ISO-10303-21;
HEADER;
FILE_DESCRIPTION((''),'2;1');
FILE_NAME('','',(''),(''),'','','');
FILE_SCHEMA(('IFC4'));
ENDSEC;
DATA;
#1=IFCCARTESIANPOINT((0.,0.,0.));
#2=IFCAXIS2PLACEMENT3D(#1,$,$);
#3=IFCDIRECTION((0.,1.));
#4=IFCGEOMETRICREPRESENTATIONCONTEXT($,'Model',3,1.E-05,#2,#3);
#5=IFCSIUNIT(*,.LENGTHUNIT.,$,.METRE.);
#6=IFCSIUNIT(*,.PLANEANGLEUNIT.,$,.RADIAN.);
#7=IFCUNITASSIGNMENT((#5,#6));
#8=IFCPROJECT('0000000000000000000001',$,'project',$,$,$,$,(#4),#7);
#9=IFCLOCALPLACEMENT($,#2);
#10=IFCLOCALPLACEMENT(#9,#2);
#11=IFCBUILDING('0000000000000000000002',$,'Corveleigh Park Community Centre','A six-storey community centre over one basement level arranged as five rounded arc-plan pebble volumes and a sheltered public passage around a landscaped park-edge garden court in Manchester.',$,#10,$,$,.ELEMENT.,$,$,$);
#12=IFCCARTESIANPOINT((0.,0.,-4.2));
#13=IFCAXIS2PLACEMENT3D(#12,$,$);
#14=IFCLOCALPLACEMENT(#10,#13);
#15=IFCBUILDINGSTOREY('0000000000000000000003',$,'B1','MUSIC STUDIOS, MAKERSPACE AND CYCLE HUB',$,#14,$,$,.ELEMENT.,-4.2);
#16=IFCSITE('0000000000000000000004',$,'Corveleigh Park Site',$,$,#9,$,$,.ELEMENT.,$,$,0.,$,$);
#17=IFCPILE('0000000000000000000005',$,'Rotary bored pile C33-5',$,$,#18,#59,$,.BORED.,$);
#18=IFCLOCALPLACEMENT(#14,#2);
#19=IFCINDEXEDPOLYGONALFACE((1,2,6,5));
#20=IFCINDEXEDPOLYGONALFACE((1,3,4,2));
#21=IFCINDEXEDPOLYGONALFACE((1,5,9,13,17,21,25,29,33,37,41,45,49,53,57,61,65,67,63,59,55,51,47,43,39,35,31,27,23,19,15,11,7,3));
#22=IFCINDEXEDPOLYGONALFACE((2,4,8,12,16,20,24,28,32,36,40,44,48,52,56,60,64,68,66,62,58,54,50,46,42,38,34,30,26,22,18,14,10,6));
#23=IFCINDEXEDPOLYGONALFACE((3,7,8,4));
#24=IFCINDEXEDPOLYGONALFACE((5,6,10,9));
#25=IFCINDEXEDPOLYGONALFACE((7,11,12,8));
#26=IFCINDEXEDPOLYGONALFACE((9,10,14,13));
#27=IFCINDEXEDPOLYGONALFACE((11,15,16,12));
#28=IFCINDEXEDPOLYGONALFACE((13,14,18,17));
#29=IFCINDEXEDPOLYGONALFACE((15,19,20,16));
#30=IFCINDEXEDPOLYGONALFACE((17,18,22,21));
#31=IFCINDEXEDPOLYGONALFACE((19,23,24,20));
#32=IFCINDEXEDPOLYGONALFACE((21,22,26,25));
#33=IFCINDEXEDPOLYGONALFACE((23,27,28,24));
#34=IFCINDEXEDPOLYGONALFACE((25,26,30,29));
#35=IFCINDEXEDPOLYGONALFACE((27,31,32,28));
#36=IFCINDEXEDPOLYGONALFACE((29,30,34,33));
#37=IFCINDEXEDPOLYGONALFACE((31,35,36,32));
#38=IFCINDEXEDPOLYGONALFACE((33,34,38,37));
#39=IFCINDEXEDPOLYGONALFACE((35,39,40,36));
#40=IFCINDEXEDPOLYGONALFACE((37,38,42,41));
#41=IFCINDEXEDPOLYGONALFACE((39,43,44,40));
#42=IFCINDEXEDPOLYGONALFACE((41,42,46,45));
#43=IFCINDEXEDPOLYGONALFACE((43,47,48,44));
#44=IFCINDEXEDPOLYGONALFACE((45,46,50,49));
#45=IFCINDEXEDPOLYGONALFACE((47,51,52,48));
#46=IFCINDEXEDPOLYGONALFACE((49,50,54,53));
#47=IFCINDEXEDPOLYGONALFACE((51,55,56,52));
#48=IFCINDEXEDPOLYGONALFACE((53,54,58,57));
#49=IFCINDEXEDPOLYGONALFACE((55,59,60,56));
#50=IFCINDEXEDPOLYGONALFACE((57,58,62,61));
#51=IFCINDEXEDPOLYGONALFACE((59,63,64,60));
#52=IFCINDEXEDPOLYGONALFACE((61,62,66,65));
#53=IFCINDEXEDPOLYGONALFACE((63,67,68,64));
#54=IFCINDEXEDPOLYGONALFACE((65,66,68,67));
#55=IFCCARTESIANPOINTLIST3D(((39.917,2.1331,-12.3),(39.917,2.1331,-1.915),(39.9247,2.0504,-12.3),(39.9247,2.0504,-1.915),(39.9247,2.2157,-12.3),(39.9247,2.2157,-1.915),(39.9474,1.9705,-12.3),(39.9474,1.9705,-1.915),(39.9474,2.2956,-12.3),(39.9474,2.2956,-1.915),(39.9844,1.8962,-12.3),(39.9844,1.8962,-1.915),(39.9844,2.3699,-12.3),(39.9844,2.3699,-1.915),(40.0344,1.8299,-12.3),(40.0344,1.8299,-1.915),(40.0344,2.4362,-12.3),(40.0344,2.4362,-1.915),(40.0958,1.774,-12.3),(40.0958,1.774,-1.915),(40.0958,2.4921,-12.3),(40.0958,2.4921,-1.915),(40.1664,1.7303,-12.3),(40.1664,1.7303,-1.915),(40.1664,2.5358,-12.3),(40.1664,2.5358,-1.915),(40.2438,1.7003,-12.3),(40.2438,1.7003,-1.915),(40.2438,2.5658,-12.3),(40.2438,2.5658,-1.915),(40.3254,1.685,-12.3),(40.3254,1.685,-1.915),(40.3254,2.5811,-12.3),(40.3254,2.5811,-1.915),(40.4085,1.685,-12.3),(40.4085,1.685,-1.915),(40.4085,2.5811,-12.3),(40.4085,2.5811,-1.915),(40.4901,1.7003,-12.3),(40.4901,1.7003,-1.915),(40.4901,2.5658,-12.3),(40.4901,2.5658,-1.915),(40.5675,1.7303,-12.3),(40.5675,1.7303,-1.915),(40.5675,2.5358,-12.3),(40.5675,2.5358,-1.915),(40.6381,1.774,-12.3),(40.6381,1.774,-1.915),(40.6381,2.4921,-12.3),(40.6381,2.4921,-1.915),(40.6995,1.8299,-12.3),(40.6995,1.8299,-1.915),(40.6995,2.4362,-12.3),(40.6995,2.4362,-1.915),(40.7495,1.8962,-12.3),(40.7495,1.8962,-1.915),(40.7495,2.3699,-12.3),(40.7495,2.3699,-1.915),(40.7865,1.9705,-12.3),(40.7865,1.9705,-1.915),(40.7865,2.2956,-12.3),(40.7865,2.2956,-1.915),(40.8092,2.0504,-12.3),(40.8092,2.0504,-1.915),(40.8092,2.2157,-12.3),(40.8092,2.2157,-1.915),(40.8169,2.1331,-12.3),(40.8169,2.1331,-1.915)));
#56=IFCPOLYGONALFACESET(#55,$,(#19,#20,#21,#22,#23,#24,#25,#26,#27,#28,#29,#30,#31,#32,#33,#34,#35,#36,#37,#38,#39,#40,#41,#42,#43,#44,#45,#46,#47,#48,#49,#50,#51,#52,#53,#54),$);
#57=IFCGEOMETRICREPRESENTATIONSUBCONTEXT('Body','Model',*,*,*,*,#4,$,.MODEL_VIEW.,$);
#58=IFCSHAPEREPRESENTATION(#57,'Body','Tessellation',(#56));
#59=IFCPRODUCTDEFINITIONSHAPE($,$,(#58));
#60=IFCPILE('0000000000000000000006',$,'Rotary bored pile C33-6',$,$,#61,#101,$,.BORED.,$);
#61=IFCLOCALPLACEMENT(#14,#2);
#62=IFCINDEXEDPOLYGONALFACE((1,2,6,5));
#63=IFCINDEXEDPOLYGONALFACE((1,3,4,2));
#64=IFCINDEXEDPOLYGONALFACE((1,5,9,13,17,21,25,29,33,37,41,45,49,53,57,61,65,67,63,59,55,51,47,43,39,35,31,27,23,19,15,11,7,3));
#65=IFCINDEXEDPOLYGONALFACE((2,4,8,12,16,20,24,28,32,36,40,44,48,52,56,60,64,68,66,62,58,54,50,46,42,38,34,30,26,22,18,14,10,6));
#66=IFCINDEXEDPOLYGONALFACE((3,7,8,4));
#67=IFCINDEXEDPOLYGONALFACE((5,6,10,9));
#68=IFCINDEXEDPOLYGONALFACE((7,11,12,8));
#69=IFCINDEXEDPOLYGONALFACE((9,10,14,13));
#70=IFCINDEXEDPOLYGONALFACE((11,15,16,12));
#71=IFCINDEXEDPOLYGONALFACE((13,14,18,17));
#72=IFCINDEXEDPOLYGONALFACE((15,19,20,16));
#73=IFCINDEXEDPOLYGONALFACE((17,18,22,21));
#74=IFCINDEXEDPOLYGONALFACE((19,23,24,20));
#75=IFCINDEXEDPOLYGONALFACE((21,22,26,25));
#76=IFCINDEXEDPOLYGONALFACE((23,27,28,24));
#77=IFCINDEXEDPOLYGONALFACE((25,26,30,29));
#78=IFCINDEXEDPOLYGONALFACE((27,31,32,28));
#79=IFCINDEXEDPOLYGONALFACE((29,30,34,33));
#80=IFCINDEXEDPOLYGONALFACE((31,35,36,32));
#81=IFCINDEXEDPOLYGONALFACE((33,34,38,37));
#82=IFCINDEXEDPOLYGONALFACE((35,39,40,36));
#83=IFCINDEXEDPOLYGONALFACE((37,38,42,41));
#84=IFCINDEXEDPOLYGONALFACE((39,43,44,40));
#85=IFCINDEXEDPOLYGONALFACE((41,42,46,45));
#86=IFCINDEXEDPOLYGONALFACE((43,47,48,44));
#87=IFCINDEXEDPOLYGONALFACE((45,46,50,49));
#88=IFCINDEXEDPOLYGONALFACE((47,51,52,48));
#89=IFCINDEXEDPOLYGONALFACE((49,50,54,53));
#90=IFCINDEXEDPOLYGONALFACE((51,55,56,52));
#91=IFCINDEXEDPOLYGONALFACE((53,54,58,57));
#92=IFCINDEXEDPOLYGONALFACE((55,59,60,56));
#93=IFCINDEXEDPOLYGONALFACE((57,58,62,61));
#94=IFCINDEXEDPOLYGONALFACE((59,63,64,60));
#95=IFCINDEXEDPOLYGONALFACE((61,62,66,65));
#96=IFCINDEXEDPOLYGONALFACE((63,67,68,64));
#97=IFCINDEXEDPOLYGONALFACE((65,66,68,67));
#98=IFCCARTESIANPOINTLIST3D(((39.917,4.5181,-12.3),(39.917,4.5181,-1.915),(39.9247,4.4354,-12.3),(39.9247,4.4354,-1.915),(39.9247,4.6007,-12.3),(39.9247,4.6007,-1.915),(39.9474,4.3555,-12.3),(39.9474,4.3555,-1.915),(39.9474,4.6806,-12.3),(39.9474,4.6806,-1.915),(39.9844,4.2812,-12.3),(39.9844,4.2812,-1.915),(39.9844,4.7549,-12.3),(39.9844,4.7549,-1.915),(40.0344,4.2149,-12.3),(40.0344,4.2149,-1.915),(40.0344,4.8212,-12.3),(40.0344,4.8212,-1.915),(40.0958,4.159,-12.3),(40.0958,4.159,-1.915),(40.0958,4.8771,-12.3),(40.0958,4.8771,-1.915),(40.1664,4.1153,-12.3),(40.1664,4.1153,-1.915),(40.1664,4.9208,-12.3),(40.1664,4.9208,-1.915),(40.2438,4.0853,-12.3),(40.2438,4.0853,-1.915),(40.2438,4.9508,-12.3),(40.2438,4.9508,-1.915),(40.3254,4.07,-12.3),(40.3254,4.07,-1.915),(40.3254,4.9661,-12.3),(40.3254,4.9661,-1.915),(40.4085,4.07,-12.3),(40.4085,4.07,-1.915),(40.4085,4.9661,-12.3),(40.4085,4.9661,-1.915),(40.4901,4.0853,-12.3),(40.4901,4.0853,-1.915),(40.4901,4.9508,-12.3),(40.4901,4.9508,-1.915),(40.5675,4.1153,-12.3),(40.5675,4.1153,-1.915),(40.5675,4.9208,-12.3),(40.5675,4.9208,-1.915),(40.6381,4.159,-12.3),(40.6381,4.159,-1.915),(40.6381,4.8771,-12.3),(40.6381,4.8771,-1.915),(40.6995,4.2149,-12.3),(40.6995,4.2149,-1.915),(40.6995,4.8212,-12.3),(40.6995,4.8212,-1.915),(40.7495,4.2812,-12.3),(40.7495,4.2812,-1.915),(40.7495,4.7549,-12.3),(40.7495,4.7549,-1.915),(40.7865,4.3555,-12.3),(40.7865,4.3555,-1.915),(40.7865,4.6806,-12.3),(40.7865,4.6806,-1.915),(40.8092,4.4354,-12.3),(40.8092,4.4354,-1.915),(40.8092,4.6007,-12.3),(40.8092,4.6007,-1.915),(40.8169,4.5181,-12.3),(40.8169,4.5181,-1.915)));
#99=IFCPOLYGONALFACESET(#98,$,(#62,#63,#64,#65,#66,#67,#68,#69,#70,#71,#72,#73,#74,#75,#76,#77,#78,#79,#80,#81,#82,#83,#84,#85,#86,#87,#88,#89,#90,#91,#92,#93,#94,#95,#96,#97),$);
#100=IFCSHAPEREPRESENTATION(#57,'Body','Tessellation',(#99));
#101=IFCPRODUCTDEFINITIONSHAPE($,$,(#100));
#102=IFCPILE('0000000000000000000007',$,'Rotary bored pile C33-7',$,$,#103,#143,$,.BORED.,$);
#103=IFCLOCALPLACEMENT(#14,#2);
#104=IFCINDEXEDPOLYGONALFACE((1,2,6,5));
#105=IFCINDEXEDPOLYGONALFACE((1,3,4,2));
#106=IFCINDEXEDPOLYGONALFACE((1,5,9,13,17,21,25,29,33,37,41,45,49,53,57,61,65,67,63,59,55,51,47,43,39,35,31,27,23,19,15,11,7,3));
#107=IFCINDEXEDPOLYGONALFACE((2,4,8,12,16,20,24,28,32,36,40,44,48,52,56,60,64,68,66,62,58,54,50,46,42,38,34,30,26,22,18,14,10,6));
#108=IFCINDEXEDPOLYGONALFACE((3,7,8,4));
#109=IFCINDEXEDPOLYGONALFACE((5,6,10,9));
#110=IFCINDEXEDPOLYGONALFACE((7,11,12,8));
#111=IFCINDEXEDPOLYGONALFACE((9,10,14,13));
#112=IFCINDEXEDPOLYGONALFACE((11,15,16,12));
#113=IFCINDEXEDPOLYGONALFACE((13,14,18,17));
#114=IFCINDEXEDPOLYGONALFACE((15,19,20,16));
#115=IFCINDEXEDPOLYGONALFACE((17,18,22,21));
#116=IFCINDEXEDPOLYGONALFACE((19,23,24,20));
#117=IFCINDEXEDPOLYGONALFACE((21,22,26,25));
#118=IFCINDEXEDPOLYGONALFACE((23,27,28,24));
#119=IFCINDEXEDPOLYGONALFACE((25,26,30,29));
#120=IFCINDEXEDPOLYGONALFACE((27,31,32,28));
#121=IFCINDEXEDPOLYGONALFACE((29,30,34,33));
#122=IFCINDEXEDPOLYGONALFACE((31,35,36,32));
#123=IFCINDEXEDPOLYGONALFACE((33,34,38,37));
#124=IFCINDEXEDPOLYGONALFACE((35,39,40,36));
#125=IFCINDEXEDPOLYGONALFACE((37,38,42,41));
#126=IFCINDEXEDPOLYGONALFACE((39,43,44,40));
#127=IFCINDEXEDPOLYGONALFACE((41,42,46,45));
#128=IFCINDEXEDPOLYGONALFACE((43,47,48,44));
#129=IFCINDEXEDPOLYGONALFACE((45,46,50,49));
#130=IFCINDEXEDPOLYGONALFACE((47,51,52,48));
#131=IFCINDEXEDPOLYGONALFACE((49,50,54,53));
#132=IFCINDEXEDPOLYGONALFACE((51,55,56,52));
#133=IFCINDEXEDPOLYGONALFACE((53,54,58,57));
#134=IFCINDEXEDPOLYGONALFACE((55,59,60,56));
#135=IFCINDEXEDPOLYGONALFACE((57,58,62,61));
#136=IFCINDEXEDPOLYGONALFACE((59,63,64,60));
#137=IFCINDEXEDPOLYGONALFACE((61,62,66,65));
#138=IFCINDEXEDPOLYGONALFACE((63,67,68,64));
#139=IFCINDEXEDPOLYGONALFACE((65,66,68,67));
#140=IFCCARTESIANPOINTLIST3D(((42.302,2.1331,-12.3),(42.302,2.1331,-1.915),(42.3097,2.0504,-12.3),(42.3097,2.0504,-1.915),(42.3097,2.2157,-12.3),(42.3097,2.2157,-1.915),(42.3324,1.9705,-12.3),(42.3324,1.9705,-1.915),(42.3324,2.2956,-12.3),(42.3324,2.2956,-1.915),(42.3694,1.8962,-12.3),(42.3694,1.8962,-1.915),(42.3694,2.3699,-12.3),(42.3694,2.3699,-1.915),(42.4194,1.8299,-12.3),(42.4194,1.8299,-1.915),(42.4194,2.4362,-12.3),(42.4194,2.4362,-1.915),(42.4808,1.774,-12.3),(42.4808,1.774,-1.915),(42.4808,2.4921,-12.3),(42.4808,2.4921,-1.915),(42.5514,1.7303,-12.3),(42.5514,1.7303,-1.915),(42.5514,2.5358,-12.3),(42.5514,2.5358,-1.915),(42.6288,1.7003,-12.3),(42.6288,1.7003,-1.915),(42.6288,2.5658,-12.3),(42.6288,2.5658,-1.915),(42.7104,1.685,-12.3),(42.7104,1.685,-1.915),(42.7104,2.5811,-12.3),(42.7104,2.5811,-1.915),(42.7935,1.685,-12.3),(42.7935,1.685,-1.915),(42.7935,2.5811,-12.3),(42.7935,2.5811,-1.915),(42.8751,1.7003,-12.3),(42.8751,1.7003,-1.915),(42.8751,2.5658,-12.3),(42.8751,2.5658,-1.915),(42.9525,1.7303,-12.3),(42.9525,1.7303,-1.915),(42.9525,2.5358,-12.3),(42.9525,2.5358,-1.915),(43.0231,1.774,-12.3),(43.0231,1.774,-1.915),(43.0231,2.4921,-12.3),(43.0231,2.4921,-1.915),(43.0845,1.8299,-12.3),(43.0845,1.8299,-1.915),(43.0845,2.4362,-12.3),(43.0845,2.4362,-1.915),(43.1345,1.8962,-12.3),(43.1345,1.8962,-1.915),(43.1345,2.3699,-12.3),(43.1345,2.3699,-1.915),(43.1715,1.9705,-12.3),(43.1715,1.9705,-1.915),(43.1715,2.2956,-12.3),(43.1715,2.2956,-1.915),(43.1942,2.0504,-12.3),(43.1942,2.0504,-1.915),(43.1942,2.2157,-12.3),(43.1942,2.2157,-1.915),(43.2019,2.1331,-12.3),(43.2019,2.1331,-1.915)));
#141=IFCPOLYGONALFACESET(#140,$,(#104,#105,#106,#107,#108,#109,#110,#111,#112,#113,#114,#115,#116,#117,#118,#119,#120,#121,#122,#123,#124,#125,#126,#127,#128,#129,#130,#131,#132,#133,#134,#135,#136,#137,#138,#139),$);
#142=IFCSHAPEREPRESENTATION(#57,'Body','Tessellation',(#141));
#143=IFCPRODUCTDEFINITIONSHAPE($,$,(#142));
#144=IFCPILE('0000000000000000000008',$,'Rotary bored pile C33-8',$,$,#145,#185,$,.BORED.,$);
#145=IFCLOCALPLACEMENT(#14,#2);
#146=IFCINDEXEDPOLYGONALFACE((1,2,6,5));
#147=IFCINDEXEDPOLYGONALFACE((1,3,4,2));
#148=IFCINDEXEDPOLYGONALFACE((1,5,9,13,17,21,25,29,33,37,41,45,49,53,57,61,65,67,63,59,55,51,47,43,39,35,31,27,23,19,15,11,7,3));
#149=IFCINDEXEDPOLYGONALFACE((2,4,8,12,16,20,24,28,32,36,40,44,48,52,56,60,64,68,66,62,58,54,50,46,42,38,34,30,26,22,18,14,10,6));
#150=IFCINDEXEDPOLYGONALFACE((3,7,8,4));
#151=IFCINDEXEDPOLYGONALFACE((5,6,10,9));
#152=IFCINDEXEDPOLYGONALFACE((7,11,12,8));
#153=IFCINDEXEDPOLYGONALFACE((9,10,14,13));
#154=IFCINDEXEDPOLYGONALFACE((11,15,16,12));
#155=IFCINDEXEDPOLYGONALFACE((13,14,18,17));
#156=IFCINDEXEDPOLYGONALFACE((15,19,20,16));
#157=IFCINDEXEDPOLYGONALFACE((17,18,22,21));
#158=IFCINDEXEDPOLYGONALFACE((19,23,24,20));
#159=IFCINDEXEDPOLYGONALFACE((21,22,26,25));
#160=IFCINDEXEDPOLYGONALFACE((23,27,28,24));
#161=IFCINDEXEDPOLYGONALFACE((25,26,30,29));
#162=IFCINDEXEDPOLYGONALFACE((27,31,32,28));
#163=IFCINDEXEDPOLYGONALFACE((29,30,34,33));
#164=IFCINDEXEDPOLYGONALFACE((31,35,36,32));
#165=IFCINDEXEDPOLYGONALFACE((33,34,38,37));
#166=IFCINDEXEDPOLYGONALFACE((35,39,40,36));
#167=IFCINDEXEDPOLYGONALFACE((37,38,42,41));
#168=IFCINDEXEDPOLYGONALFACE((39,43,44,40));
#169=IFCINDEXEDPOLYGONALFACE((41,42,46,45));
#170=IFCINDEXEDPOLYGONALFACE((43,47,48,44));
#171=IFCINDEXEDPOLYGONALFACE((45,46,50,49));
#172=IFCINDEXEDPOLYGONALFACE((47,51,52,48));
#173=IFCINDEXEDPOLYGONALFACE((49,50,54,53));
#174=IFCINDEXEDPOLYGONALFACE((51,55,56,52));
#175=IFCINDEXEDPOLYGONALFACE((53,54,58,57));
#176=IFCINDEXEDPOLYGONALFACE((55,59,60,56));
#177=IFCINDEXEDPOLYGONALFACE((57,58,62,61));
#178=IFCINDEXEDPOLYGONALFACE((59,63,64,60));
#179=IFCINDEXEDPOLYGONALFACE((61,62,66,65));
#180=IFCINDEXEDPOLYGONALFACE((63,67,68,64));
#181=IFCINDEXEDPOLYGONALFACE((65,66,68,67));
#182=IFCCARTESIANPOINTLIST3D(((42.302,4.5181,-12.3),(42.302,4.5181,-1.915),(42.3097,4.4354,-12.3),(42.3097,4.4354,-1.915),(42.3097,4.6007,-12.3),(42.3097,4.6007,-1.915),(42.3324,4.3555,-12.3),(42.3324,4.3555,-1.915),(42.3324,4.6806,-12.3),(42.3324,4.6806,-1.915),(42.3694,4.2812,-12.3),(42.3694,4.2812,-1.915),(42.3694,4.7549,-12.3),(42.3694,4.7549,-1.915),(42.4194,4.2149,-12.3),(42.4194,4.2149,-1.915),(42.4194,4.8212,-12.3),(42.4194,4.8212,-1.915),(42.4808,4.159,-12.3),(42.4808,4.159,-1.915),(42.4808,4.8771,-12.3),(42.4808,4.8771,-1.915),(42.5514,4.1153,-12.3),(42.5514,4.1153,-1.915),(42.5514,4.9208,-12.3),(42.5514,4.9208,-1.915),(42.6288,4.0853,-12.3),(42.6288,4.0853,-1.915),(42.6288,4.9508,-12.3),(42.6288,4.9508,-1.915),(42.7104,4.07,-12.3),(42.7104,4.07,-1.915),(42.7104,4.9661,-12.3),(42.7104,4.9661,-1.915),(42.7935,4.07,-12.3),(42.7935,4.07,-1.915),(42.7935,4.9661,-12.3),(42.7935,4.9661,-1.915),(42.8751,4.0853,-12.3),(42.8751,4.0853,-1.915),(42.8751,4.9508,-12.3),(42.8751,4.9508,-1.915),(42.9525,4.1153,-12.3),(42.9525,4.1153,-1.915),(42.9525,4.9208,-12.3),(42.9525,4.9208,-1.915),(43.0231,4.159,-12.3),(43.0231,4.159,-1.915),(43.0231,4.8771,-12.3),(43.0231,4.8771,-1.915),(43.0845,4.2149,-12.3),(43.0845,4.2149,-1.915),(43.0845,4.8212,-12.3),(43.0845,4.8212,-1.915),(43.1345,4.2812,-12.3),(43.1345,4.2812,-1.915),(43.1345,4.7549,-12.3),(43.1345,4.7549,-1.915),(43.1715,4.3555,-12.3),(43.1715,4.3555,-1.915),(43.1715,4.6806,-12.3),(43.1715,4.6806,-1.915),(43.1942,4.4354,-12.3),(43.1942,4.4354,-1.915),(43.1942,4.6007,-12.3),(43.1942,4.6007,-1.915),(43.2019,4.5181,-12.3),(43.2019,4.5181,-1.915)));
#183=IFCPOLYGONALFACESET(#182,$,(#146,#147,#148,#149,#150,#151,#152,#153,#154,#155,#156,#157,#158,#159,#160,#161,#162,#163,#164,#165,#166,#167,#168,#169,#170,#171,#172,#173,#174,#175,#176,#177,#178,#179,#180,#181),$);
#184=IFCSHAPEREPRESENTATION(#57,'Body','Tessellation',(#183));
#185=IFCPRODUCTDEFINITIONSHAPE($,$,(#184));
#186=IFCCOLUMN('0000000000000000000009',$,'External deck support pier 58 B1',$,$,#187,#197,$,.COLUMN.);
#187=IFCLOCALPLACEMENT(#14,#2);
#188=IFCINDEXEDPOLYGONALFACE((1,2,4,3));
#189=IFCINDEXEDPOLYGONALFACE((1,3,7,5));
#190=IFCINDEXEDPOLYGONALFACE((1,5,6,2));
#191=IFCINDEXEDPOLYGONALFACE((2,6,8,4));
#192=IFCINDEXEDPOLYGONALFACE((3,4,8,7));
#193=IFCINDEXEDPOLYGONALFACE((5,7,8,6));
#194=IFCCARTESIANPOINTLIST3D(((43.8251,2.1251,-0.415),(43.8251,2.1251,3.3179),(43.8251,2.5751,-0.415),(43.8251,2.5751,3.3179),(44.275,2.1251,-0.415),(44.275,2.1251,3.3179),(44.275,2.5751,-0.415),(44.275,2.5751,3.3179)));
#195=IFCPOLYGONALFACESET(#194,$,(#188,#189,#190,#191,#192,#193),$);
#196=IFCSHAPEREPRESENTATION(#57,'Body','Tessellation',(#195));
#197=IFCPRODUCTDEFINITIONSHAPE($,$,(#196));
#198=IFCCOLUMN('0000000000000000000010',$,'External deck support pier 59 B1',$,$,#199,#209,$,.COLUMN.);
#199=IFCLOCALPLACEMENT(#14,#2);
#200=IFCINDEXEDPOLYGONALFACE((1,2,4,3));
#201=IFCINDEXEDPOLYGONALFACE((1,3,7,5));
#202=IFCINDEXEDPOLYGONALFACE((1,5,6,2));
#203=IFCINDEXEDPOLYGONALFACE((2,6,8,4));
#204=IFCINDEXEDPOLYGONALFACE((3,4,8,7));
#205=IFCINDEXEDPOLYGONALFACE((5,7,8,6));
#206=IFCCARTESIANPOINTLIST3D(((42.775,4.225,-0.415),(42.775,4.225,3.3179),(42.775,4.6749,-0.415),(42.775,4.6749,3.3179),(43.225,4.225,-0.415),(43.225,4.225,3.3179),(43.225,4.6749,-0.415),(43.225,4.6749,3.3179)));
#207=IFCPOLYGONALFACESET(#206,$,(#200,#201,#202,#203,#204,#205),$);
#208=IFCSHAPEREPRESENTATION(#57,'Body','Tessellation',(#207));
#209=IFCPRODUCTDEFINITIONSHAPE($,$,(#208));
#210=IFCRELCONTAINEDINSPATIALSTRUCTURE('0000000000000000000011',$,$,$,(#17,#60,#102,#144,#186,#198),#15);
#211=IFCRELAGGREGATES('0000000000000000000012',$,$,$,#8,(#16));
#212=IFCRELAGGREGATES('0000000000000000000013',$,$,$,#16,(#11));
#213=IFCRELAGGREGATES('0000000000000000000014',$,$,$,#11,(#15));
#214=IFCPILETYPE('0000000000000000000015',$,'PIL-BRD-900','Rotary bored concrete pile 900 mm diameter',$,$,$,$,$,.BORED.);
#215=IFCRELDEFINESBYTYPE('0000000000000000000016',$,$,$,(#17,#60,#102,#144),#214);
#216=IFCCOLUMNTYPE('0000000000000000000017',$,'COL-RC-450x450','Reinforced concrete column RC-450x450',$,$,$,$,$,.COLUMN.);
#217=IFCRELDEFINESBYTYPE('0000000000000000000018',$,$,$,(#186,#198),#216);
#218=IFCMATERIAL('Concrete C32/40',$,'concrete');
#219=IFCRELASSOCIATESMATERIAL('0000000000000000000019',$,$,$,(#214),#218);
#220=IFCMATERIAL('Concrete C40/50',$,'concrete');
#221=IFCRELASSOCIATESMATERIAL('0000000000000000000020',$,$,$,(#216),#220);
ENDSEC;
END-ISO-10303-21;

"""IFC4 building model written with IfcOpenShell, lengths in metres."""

from ifc_helpers import new_model, si_unit, direction, frame, origin, origin_2d, place, context, subcontext, project, spatial, rectangle, circle, extrude, material, material_profile, profile_set, type_object, element, save


model = new_model("IFC4")

# Units and contexts
model_context = context("Model", 3, precision=1e-05, world=origin(), true_north=direction((0.0, 1.0)))
body_context = subcontext(model_context, "Body", "Model", "MODEL_VIEW")
ifc_project = project(units=[si_unit("LENGTHUNIT", "METRE"), si_unit("PLANEANGLEUNIT", "RADIAN")], contexts=[model_context])

# Site, building, storey
site_placement = place(None, origin())
site = spatial("IfcSite", under=ifc_project, at=site_placement, Name="Corveleigh Park Site", CompositionType="ELEMENT", RefElevation=0.0)
building_placement = place(site_placement, origin())
building = spatial("IfcBuilding", under=site, at=building_placement, Name="Corveleigh Park Community Centre", Description="A six-storey community centre over one basement level arranged as five rounded arc-plan pebble volumes and a sheltered public passage around a landscaped park-edge garden court in Manchester.", CompositionType="ELEMENT")
storey_placement = place(building_placement, frame((0.0, 0.0, -4.2)))
storey = spatial("IfcBuildingStorey", under=building, at=storey_placement, Name="B1", Description="MUSIC STUDIOS, MAKERSPACE AND CYCLE HUB", CompositionType="ELEMENT", Elevation=-4.2)

# Shared definitions
ifc_material_1 = material(Name="Concrete C40/50", Category="concrete")

# Piles
ifc_material_2 = material(Name="Concrete C32/40", Category="concrete")
ifc_material_profile_1 = material_profile(ifc_material_2, circle(Radius=0.45, at=origin_2d()), Name="BORED-PILE-900", Category="concrete")
ifc_profile_set_1 = profile_set([ifc_material_profile_1], Name="Concrete C32/40")
pile_type_1 = type_object("IfcPileType", Name="PIL-BRD-900", Description="Rotary bored concrete pile 900 mm diameter", PredefinedType="BORED", material=ifc_profile_set_1)
for number, where, z_axis, x_axis, name in (
    (1, (40.3669, 2.1331, -1.915), (0.0, 0.0, -1.0), (1.0, 0.0, 0.0), "Rotary bored pile C33-5"),
    (2, (40.3669, 4.5181, -1.915), (0.0, 0.0, -1.0), (1.0, 0.0, 0.0), "Rotary bored pile C33-6"),
    (3, (42.752, 2.1331, -1.915), (0.0, 0.0, -1.0), (1.0, 0.0, 0.0), "Rotary bored pile C33-7"),
    (4, (42.752, 4.5181, -1.915), (0.0, 0.0, -1.0), (1.0, 0.0, 0.0), "Rotary bored pile C33-8"),
):
    element("IfcPile", number, at=place(storey_placement, frame(where, z_axis=z_axis, x_axis=x_axis)), inside=storey, type_object=pile_type_1, Name=name, PredefinedType="BORED", context=body_context, shape_type="SweptSolid", body=[
        extrude(circle(Radius=0.45, at=origin_2d()), origin(), (0.0, 0.0, 1.0), 10.385),
    ])

# Columns
ifc_material_profile_2 = material_profile(ifc_material_1, rectangle(XDim=0.45, YDim=0.45, at=origin_2d()), Name="RC-450x450", Category="concrete")
ifc_profile_set_2 = profile_set([ifc_material_profile_2], Name="Concrete C40/50")
column_type_1 = type_object("IfcColumnType", Name="COL-RC-450x450", Description="Reinforced concrete column RC-450x450", PredefinedType="COLUMN", material=ifc_profile_set_2)
for number, where, z_axis, x_axis, name in (
    (5, (44.05, 2.3501, -0.415), (0.0, 0.0, 1.0), (1.0, 0.0, 0.0), "External deck support pier 58 B1"),
    (6, (43.0, 4.45, -0.415), (0.0, 0.0, 1.0), (1.0, 0.0, 0.0), "External deck support pier 59 B1"),
):
    element("IfcColumn", number, at=place(storey_placement, frame(where, z_axis=z_axis, x_axis=x_axis)), inside=storey, type_object=column_type_1, Name=name, PredefinedType="COLUMN", context=body_context, shape_type="SweptSolid", body=[
        extrude(rectangle(XDim=0.45, YDim=0.45, at=origin_2d()), origin(), (0.0, 0.0, 1.0), 3.7329),
    ])

save(model, "model.ifc")
